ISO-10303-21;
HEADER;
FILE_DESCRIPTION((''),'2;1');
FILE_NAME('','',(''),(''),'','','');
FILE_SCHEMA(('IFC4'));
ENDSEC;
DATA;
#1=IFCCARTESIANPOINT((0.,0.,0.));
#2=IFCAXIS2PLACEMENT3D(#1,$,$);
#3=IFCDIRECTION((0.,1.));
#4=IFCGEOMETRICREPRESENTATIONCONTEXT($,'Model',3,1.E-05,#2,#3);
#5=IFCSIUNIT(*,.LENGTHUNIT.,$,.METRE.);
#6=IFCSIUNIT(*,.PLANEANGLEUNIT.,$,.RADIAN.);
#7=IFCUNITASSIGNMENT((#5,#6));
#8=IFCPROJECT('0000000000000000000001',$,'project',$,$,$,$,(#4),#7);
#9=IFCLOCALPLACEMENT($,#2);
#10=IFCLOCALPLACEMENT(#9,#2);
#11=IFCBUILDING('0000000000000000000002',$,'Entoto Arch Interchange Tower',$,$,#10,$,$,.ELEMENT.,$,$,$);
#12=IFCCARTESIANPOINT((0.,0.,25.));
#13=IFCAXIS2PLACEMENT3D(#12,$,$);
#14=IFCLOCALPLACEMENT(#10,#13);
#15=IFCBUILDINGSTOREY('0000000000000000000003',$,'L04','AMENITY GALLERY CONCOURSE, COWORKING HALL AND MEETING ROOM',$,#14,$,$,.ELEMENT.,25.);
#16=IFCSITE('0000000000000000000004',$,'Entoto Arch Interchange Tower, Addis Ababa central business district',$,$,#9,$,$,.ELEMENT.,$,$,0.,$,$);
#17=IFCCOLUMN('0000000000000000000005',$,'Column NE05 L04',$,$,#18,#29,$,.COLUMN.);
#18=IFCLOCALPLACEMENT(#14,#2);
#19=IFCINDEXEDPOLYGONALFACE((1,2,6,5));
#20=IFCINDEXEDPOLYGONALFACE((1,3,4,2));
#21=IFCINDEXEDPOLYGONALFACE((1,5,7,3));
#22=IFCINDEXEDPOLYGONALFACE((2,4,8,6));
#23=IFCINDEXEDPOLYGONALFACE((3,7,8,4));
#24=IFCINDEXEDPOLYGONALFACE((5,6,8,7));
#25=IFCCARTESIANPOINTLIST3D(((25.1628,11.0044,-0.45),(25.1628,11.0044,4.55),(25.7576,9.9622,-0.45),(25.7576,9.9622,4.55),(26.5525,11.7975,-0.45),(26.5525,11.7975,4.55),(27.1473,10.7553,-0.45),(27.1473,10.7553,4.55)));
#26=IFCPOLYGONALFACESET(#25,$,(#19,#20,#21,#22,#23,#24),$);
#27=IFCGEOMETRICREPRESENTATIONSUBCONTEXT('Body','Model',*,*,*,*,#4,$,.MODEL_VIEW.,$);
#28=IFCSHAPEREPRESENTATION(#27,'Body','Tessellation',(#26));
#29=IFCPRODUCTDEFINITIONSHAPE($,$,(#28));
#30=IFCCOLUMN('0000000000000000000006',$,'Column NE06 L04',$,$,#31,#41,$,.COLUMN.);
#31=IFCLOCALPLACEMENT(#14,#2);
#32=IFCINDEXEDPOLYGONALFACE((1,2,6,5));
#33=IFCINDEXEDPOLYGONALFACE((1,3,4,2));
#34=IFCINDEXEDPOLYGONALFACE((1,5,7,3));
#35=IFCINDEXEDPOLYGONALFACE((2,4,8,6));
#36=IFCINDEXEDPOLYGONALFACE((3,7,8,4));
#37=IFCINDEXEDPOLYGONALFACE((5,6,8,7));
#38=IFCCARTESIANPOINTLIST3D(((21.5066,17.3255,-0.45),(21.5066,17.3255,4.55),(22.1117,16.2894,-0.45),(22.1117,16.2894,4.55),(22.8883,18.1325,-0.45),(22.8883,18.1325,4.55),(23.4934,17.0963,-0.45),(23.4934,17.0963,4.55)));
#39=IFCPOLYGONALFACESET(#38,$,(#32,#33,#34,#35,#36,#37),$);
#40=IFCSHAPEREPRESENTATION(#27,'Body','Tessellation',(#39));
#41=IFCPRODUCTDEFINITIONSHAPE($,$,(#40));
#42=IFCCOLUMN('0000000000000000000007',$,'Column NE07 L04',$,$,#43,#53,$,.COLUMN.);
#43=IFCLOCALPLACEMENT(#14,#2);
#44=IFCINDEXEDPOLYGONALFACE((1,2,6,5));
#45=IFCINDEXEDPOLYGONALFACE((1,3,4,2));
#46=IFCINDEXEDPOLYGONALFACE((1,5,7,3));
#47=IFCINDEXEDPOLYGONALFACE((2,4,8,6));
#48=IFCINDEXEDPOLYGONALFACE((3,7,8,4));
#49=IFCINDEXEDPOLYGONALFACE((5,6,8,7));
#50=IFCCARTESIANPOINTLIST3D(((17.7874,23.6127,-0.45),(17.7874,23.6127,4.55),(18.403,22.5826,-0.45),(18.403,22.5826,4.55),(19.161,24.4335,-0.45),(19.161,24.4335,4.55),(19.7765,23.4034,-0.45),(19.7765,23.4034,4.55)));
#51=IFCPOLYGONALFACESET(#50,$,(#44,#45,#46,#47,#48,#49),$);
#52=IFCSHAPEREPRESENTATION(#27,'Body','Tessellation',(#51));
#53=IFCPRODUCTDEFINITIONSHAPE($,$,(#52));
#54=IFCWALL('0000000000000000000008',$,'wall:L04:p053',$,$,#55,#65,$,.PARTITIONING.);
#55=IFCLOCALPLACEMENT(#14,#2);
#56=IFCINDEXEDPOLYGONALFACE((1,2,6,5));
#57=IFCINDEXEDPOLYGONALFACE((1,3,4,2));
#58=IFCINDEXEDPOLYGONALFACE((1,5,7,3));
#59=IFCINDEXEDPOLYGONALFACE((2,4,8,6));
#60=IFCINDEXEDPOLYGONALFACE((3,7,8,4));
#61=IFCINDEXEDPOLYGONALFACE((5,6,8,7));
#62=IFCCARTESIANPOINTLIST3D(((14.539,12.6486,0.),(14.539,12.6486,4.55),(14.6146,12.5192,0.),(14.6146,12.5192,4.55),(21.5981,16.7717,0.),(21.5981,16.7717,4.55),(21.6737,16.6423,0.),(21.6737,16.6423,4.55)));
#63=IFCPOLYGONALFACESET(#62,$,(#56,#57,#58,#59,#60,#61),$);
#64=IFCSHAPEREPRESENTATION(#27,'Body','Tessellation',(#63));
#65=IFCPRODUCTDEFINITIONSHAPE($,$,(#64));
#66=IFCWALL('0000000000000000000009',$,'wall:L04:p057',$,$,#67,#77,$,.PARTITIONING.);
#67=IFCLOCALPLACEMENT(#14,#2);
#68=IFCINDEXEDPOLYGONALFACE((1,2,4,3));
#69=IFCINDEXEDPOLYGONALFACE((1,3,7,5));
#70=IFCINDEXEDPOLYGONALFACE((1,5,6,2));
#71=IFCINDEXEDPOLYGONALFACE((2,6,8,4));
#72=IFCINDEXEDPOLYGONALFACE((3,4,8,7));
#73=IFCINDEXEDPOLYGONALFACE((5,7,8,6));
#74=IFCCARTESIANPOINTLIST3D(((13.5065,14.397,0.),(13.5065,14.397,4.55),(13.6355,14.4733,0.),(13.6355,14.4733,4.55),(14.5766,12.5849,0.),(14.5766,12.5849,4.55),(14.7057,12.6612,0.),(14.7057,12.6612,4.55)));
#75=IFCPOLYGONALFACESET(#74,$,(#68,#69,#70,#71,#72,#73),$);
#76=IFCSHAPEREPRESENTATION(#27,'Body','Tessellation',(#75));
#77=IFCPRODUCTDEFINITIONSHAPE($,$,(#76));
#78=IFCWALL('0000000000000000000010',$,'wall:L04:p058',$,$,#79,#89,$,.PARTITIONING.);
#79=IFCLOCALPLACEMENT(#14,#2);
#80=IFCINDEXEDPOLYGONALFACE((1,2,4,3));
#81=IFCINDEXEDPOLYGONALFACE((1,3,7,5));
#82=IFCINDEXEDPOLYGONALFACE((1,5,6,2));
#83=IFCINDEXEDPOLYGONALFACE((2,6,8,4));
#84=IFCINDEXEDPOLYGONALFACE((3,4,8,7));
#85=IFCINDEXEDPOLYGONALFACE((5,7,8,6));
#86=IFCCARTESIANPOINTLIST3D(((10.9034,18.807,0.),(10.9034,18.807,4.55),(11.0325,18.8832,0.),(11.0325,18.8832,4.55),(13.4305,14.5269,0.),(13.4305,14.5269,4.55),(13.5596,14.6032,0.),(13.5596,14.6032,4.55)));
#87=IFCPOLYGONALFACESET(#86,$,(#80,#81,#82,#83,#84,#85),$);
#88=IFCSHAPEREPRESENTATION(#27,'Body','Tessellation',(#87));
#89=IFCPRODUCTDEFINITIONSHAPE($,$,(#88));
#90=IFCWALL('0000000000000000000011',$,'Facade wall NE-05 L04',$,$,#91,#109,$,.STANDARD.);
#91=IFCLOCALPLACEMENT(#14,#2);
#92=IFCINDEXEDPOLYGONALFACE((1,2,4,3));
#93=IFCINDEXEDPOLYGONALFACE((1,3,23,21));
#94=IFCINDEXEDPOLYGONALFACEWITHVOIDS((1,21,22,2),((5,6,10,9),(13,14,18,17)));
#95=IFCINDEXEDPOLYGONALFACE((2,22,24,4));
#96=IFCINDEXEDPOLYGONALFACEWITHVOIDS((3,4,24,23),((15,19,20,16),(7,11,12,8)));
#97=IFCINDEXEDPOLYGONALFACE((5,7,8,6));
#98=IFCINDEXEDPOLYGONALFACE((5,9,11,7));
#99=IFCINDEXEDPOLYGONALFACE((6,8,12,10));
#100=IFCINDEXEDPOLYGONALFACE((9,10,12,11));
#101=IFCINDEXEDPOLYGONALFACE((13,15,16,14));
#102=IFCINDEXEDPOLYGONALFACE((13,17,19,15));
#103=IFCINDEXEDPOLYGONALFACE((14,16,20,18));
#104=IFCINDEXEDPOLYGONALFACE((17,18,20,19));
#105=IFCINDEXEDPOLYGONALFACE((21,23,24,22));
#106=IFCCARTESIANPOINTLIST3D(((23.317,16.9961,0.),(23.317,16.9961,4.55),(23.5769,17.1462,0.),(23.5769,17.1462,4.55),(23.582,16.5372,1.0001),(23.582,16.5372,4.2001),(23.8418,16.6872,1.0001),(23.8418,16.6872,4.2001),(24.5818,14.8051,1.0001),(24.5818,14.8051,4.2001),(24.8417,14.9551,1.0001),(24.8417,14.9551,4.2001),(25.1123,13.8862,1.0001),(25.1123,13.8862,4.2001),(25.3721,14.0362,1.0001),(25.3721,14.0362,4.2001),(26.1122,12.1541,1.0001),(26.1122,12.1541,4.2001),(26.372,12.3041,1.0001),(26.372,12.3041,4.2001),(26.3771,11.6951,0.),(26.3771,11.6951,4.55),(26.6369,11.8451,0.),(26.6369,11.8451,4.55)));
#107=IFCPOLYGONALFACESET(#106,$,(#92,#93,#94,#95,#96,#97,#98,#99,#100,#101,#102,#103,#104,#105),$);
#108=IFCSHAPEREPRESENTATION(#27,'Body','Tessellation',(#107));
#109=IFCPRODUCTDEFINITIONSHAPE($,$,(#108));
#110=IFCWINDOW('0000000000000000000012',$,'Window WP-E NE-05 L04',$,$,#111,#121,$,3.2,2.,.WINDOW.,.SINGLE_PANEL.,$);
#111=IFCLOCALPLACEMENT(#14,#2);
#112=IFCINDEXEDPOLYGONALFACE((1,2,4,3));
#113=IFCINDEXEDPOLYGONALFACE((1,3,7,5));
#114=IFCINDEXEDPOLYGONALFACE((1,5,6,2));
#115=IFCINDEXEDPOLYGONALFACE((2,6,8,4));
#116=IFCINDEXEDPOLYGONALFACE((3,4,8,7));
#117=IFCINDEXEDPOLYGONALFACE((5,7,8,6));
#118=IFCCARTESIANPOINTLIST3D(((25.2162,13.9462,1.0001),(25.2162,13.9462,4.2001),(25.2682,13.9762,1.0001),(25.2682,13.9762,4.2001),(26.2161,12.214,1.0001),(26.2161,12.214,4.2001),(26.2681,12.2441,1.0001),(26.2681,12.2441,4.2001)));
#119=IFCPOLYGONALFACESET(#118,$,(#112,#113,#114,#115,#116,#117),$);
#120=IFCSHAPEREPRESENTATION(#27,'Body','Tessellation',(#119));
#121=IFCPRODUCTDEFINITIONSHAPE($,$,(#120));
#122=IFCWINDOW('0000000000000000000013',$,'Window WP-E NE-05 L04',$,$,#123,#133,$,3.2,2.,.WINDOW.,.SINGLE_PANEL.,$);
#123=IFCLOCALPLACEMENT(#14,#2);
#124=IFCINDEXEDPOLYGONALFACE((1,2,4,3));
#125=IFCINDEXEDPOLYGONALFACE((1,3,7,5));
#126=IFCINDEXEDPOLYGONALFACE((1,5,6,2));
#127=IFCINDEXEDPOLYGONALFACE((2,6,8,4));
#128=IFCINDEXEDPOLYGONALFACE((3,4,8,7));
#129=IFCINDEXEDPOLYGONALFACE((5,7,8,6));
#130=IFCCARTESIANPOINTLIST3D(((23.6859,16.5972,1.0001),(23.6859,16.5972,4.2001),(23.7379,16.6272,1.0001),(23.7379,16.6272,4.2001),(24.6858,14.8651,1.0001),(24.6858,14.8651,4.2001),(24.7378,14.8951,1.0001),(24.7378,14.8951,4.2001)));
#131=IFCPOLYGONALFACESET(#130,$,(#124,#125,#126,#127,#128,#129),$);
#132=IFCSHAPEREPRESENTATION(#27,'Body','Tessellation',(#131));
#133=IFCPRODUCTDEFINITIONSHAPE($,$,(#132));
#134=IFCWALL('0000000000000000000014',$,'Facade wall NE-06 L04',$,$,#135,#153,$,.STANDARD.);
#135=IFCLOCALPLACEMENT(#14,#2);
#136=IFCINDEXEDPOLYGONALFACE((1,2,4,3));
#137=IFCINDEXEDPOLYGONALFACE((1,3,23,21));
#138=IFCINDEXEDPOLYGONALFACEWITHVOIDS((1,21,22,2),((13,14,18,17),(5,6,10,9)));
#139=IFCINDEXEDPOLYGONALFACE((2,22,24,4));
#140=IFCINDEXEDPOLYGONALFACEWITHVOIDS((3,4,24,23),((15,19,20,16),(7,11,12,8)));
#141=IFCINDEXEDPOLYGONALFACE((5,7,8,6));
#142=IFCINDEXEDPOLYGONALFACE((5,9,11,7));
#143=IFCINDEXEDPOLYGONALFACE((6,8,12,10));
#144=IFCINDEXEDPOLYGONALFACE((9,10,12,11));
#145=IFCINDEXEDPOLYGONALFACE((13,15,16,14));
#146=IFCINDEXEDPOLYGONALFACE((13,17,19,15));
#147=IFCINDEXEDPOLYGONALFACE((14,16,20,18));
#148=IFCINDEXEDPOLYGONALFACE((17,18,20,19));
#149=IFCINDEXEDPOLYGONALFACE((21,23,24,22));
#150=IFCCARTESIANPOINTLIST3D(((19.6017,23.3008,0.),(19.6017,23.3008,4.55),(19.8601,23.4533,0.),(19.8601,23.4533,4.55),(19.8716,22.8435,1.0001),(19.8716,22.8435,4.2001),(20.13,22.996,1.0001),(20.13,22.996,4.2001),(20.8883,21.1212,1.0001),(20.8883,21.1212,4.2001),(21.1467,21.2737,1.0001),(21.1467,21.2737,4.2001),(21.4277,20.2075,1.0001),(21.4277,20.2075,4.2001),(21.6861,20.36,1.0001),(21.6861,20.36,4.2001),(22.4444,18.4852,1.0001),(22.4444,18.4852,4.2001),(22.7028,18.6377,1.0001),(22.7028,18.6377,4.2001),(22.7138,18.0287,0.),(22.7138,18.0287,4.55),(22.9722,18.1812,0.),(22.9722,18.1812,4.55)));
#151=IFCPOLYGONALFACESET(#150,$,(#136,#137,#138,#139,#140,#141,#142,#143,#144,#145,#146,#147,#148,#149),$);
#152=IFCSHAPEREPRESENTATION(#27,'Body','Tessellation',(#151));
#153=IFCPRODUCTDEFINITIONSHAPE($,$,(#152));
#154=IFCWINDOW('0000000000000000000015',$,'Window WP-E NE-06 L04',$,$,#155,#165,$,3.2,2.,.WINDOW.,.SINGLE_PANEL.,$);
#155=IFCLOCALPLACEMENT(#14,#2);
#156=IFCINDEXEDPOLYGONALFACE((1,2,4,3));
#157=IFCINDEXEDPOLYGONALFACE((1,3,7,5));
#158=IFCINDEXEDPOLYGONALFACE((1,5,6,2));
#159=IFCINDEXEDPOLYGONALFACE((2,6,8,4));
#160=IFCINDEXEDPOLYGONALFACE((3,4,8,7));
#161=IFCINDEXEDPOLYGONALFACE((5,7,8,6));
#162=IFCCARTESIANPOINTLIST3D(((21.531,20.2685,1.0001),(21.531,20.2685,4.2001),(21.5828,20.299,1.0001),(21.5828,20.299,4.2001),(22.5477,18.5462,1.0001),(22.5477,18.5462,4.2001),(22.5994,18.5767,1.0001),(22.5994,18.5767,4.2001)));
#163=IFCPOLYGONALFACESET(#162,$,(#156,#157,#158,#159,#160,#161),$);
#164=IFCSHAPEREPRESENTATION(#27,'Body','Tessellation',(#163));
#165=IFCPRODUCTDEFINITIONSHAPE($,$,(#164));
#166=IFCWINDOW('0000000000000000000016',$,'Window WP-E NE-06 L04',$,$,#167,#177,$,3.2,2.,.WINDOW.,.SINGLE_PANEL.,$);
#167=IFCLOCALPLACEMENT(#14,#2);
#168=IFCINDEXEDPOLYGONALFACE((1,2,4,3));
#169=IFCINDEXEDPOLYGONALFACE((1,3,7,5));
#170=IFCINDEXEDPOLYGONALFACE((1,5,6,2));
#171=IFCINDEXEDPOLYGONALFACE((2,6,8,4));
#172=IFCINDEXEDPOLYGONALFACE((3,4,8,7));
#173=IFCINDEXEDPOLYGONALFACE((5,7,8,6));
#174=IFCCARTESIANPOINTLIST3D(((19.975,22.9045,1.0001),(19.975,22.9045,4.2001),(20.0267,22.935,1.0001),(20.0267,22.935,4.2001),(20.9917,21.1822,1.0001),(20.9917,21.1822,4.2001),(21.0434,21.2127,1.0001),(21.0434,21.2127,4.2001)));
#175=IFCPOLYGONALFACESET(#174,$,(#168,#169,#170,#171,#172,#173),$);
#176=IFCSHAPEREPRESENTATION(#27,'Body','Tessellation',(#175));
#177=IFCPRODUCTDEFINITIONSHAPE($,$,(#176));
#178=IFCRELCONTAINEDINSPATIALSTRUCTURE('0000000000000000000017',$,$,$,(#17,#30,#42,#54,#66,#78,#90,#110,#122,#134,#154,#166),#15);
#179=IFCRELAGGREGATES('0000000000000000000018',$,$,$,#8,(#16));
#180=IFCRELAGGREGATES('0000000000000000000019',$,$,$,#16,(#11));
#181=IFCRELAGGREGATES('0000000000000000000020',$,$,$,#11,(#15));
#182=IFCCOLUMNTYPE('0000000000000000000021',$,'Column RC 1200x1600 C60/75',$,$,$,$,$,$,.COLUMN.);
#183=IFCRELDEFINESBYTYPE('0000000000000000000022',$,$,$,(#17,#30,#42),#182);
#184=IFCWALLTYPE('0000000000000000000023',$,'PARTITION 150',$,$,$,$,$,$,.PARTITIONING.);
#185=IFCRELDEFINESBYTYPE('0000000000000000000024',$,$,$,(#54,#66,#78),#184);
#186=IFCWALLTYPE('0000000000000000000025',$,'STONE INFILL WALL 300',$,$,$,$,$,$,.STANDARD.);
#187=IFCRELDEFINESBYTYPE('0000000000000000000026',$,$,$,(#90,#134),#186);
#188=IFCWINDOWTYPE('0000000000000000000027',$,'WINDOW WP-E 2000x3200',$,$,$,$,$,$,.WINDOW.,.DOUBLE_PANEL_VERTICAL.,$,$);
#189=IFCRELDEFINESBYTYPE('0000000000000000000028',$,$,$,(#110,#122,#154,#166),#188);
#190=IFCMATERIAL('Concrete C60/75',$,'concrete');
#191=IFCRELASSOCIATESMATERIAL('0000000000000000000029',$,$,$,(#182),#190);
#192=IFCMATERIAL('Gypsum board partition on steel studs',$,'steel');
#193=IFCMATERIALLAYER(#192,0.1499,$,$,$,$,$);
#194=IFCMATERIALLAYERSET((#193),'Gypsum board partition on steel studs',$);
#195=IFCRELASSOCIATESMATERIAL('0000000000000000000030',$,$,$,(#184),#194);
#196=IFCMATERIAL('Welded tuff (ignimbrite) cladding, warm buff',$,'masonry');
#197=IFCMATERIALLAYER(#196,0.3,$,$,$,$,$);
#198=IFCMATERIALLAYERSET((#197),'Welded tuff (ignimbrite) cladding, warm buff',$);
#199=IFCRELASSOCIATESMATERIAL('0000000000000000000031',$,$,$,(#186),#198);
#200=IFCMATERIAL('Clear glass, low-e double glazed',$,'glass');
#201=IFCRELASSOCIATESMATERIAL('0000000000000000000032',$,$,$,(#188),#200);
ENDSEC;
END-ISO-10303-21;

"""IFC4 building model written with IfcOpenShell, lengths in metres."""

from ifc_helpers import new_model, si_unit, direction, frame, frame_2d, origin, origin_2d, place, context, subcontext, project, spatial, rectangle, extrude, material, layer, layer_set, material_profile, profile_set, type_object, element, fill, save


model = new_model("IFC4")

# Units and contexts
model_context = context("Model", 3, precision=1e-05, world=origin(), true_north=direction((0.0, 1.0)))
body_context = subcontext(model_context, "Body", "Model", "MODEL_VIEW")
ifc_project = project(units=[si_unit("LENGTHUNIT", "METRE"), si_unit("PLANEANGLEUNIT", "RADIAN")], contexts=[model_context])

# Site, building, storey
site_placement = place(None, origin())
site = spatial("IfcSite", under=ifc_project, at=site_placement, Name="Entoto Arch Interchange Tower, Addis Ababa central business district", CompositionType="ELEMENT", RefElevation=0.0)
building_placement = place(site_placement, origin())
building = spatial("IfcBuilding", under=site, at=building_placement, Name="Entoto Arch Interchange Tower", CompositionType="ELEMENT")
storey_placement = place(building_placement, frame((0.0, 0.0, 25.0)))
storey = spatial("IfcBuildingStorey", under=building, at=storey_placement, Name="L04", Description="AMENITY GALLERY CONCOURSE, COWORKING HALL AND MEETING ROOM", CompositionType="ELEMENT", Elevation=25.0)

# Columns
ifc_material_1 = material(Name="Concrete C60/75", Category="concrete")
ifc_material_profile = material_profile(ifc_material_1, rectangle(XDim=1.2, YDim=1.6001, at=origin_2d()))
ifc_profile_set = profile_set([ifc_material_profile], Name="Concrete C60/75")
column_type = type_object("IfcColumnType", Name="Column RC 1200x1600 C60/75", PredefinedType="COLUMN", material=ifc_profile_set)
for number, where, z_axis, x_axis, name in (
    (1, (26.155, 10.8799, -0.45), (0.0, 0.0, 1.0), (-0.495656, 0.868519, 0.0), "Column NE05 L04"),
    (2, (22.5, 17.2109, -0.45), (0.0, 0.0, 1.0), (-0.504332, 0.86351, 0.0), "Column NE06 L04"),
    (3, (18.782, 23.5081, -0.45), (0.0, 0.0, 1.0), (-0.512972, 0.858405, 0.0), "Column NE07 L04"),
):
    element("IfcColumn", number, at=place(storey_placement, frame(where, z_axis=z_axis, x_axis=x_axis)), inside=storey, type_object=column_type, Name=name, PredefinedType="COLUMN", context=body_context, shape_type="SweptSolid", body=[
        extrude(rectangle(XDim=1.2, YDim=1.6001, at=origin_2d()), origin(), (0.0, 0.0, 1.0), 5.0),
    ])

# Walls
ifc_material_2 = material(Name="Gypsum board partition on steel studs", Category="steel")
ifc_layer_1 = layer(ifc_material_2, 0.1499)
ifc_layer_set_1 = layer_set([ifc_layer_1], Name="Gypsum board partition on steel studs")
wall_type_1 = type_object("IfcWallType", Name="PARTITION 150", PredefinedType="PARTITIONING", material=ifc_layer_set_1)
wall_1_placement = place(storey_placement, frame((14.5769, 12.584, 0.0), z_axis=(0.0, 0.0, 1.0), x_axis=(0.863499, 0.50435, 0.0)))
element("IfcWall", 4, at=wall_1_placement, inside=storey, type_object=wall_type_1, Name="wall:L04:p053", PredefinedType="PARTITIONING", context=body_context, shape_type="SweptSolid", body=[
    extrude(rectangle(XDim=8.175, YDim=0.1499, at=frame_2d((4.0874, 0.0))), origin(), (0.0, 0.0, 1.0), 4.55),
])
wall_2_placement = place(storey_placement, frame((14.6411, 12.623, 0.0), z_axis=(0.0, 0.0, 1.0), x_axis=(-0.508495, 0.861065, 0.0)))
element("IfcWall", 5, at=wall_2_placement, inside=storey, type_object=wall_type_1, Name="wall:L04:p057", PredefinedType="PARTITIONING", context=body_context, shape_type="SweptSolid", body=[
    extrude(rectangle(XDim=2.1045, YDim=0.1499, at=frame_2d((1.0522, 0.0))), origin(), (0.0, 0.0, 1.0), 4.55),
])
wall_3_placement = place(storey_placement, frame((13.4951, 14.5649, 0.0), z_axis=(0.0, 0.0, 1.0), x_axis=(-0.50843, 0.861103, 0.0)))
element("IfcWall", 6, at=wall_3_placement, inside=storey, type_object=wall_type_1, Name="wall:L04:p058", PredefinedType="PARTITIONING", context=body_context, shape_type="SweptSolid", body=[
    extrude(rectangle(XDim=4.9705, YDim=0.1499, at=frame_2d((2.4854, 0.0))), origin(), (0.0, 0.0, 1.0), 4.55),
])

# Walls, openings, windows
ifc_material_3 = material(Name="Welded tuff (ignimbrite) cladding, warm buff", Category="masonry")
ifc_layer_2 = layer(ifc_material_3, 0.3)
ifc_layer_set_2 = layer_set([ifc_layer_2], Name="Welded tuff (ignimbrite) cladding, warm buff")
wall_type_2 = type_object("IfcWallType", Name="STONE INFILL WALL 300", PredefinedType="STANDARD", material=ifc_layer_set_2)
wall_4_placement = place(storey_placement, frame((26.5071, 11.77, 0.0), z_axis=(0.0, 0.0, 1.0), x_axis=(-0.49994, 0.86606, 0.0)))
wall_4 = element("IfcWall", 7, at=wall_4_placement, inside=storey, type_object=wall_type_2, Name="Facade wall NE-05 L04", PredefinedType="STANDARD", context=body_context, shape_type="SweptSolid", body=[
    extrude(rectangle(XDim=6.1208, YDim=0.3, at=frame_2d((3.0605, 0.0))), origin(), (0.0, 0.0, 1.0), 4.55),
])
opening_1_placement = place(wall_4_placement, frame((0.53, 0.0, 1.0)))
opening_1 = element("IfcOpeningElement", 8, at=opening_1_placement, cuts=wall_4, PredefinedType="OPENING", context=body_context, shape_type="SweptSolid", body=[
    extrude(rectangle(XDim=2.0, YDim=3.2, at=frame_2d((1.0, 1.6001))), frame((0.0, 0.1602, 0.0), z_axis=(0.0, -1.0, 0.0), x_axis=(1.0, 0.0, 0.0)), (0.0, 0.0, 1.0), 0.3201),
])
opening_2_placement = place(wall_4_placement, frame((3.5911, 0.0, 1.0)))
opening_2 = element("IfcOpeningElement", 9, at=opening_2_placement, cuts=wall_4, PredefinedType="OPENING", context=body_context, shape_type="SweptSolid", body=[
    extrude(rectangle(XDim=2.0, YDim=3.2, at=frame_2d((1.0, 1.6001))), frame((0.0, 0.1602, 0.0), z_axis=(0.0, -1.0, 0.0), x_axis=(1.0, 0.0, 0.0)), (0.0, 0.0, 1.0), 0.3201),
])
ifc_material_4 = material(Name="Clear glass, low-e double glazed", Category="glass")
window_type = type_object("IfcWindowType", Name="WINDOW WP-E 2000x3200", PartitioningType="DOUBLE_PANEL_VERTICAL", PredefinedType="WINDOW", material=ifc_material_4)
window_1_placement = place(opening_1_placement, origin())
window_1 = element("IfcWindow", 10, at=window_1_placement, inside=storey, type_object=window_type, Name="Window WP-E NE-05 L04", OverallHeight=3.2, OverallWidth=2.0, PartitioningType="SINGLE_PANEL", PredefinedType="WINDOW", context=body_context, shape_type="SweptSolid", body=[
    extrude(rectangle(XDim=2.0, YDim=3.2, at=frame_2d((1.0, 1.6001))), frame((0.0, 0.03, 0.0), z_axis=(0.0, -1.0, 0.0), x_axis=(1.0, 0.0, 0.0)), (0.0, 0.0, 1.0), 0.0601),
])
fill(opening_1, window_1)
window_2_placement = place(opening_2_placement, origin())
window_2 = element("IfcWindow", 11, at=window_2_placement, inside=storey, type_object=window_type, Name="Window WP-E NE-05 L04", OverallHeight=3.2, OverallWidth=2.0, PartitioningType="SINGLE_PANEL", PredefinedType="WINDOW", context=body_context, shape_type="SweptSolid", body=[
    extrude(rectangle(XDim=2.0, YDim=3.2, at=frame_2d((1.0, 1.6001))), frame((0.0, 0.03, 0.0), z_axis=(0.0, -1.0, 0.0), x_axis=(1.0, 0.0, 0.0)), (0.0, 0.0, 1.0), 0.0601),
])
fill(opening_2, window_2)
wall_5_placement = place(storey_placement, frame((22.843, 18.105, 0.0), z_axis=(0.0, 0.0, 1.0), x_axis=(-0.508342, 0.861155, 0.0)))
wall_5 = element("IfcWall", 12, at=wall_5_placement, inside=storey, type_object=wall_type_2, Name="Facade wall NE-06 L04", PredefinedType="STANDARD", context=body_context, shape_type="SweptSolid", body=[
    extrude(rectangle(XDim=6.1221, YDim=0.3, at=frame_2d((3.061, 0.0))), origin(), (0.0, 0.0, 1.0), 4.55),
])
opening_3_placement = place(wall_5_placement, frame((0.53, 0.0, 1.0)))
opening_3 = element("IfcOpeningElement", 13, at=opening_3_placement, cuts=wall_5, PredefinedType="OPENING", context=body_context, shape_type="SweptSolid", body=[
    extrude(rectangle(XDim=2.0, YDim=3.2, at=frame_2d((1.0, 1.6001))), frame((0.0, 0.1602, 0.0), z_axis=(0.0, -1.0, 0.0), x_axis=(1.0, 0.0, 0.0)), (0.0, 0.0, 1.0), 0.3201),
])
opening_4_placement = place(wall_5_placement, frame((3.5911, 0.0, 1.0)))
opening_4 = element("IfcOpeningElement", 14, at=opening_4_placement, cuts=wall_5, PredefinedType="OPENING", context=body_context, shape_type="SweptSolid", body=[
    extrude(rectangle(XDim=2.0, YDim=3.2, at=frame_2d((1.0, 1.6001))), frame((0.0, 0.1602, 0.0), z_axis=(0.0, -1.0, 0.0), x_axis=(1.0, 0.0, 0.0)), (0.0, 0.0, 1.0), 0.3201),
])
window_3_placement = place(opening_3_placement, origin())
window_3 = element("IfcWindow", 15, at=window_3_placement, inside=storey, type_object=window_type, Name="Window WP-E NE-06 L04", OverallHeight=3.2, OverallWidth=2.0, PartitioningType="SINGLE_PANEL", PredefinedType="WINDOW", context=body_context, shape_type="SweptSolid", body=[
    extrude(rectangle(XDim=2.0, YDim=3.2, at=frame_2d((1.0, 1.6001))), frame((0.0, 0.03, 0.0), z_axis=(0.0, -1.0, 0.0), x_axis=(1.0, 0.0, 0.0)), (0.0, 0.0, 1.0), 0.0601),
])
fill(opening_3, window_3)
window_4_placement = place(opening_4_placement, origin())
window_4 = element("IfcWindow", 16, at=window_4_placement, inside=storey, type_object=window_type, Name="Window WP-E NE-06 L04", OverallHeight=3.2, OverallWidth=2.0, PartitioningType="SINGLE_PANEL", PredefinedType="WINDOW", context=body_context, shape_type="SweptSolid", body=[
    extrude(rectangle(XDim=2.0, YDim=3.2, at=frame_2d((1.0, 1.6001))), frame((0.0, 0.03, 0.0), z_axis=(0.0, -1.0, 0.0), x_axis=(1.0, 0.0, 0.0)), (0.0, 0.0, 1.0), 0.0601),
])
fill(opening_4, window_4)

save(model, "model.ifc")
